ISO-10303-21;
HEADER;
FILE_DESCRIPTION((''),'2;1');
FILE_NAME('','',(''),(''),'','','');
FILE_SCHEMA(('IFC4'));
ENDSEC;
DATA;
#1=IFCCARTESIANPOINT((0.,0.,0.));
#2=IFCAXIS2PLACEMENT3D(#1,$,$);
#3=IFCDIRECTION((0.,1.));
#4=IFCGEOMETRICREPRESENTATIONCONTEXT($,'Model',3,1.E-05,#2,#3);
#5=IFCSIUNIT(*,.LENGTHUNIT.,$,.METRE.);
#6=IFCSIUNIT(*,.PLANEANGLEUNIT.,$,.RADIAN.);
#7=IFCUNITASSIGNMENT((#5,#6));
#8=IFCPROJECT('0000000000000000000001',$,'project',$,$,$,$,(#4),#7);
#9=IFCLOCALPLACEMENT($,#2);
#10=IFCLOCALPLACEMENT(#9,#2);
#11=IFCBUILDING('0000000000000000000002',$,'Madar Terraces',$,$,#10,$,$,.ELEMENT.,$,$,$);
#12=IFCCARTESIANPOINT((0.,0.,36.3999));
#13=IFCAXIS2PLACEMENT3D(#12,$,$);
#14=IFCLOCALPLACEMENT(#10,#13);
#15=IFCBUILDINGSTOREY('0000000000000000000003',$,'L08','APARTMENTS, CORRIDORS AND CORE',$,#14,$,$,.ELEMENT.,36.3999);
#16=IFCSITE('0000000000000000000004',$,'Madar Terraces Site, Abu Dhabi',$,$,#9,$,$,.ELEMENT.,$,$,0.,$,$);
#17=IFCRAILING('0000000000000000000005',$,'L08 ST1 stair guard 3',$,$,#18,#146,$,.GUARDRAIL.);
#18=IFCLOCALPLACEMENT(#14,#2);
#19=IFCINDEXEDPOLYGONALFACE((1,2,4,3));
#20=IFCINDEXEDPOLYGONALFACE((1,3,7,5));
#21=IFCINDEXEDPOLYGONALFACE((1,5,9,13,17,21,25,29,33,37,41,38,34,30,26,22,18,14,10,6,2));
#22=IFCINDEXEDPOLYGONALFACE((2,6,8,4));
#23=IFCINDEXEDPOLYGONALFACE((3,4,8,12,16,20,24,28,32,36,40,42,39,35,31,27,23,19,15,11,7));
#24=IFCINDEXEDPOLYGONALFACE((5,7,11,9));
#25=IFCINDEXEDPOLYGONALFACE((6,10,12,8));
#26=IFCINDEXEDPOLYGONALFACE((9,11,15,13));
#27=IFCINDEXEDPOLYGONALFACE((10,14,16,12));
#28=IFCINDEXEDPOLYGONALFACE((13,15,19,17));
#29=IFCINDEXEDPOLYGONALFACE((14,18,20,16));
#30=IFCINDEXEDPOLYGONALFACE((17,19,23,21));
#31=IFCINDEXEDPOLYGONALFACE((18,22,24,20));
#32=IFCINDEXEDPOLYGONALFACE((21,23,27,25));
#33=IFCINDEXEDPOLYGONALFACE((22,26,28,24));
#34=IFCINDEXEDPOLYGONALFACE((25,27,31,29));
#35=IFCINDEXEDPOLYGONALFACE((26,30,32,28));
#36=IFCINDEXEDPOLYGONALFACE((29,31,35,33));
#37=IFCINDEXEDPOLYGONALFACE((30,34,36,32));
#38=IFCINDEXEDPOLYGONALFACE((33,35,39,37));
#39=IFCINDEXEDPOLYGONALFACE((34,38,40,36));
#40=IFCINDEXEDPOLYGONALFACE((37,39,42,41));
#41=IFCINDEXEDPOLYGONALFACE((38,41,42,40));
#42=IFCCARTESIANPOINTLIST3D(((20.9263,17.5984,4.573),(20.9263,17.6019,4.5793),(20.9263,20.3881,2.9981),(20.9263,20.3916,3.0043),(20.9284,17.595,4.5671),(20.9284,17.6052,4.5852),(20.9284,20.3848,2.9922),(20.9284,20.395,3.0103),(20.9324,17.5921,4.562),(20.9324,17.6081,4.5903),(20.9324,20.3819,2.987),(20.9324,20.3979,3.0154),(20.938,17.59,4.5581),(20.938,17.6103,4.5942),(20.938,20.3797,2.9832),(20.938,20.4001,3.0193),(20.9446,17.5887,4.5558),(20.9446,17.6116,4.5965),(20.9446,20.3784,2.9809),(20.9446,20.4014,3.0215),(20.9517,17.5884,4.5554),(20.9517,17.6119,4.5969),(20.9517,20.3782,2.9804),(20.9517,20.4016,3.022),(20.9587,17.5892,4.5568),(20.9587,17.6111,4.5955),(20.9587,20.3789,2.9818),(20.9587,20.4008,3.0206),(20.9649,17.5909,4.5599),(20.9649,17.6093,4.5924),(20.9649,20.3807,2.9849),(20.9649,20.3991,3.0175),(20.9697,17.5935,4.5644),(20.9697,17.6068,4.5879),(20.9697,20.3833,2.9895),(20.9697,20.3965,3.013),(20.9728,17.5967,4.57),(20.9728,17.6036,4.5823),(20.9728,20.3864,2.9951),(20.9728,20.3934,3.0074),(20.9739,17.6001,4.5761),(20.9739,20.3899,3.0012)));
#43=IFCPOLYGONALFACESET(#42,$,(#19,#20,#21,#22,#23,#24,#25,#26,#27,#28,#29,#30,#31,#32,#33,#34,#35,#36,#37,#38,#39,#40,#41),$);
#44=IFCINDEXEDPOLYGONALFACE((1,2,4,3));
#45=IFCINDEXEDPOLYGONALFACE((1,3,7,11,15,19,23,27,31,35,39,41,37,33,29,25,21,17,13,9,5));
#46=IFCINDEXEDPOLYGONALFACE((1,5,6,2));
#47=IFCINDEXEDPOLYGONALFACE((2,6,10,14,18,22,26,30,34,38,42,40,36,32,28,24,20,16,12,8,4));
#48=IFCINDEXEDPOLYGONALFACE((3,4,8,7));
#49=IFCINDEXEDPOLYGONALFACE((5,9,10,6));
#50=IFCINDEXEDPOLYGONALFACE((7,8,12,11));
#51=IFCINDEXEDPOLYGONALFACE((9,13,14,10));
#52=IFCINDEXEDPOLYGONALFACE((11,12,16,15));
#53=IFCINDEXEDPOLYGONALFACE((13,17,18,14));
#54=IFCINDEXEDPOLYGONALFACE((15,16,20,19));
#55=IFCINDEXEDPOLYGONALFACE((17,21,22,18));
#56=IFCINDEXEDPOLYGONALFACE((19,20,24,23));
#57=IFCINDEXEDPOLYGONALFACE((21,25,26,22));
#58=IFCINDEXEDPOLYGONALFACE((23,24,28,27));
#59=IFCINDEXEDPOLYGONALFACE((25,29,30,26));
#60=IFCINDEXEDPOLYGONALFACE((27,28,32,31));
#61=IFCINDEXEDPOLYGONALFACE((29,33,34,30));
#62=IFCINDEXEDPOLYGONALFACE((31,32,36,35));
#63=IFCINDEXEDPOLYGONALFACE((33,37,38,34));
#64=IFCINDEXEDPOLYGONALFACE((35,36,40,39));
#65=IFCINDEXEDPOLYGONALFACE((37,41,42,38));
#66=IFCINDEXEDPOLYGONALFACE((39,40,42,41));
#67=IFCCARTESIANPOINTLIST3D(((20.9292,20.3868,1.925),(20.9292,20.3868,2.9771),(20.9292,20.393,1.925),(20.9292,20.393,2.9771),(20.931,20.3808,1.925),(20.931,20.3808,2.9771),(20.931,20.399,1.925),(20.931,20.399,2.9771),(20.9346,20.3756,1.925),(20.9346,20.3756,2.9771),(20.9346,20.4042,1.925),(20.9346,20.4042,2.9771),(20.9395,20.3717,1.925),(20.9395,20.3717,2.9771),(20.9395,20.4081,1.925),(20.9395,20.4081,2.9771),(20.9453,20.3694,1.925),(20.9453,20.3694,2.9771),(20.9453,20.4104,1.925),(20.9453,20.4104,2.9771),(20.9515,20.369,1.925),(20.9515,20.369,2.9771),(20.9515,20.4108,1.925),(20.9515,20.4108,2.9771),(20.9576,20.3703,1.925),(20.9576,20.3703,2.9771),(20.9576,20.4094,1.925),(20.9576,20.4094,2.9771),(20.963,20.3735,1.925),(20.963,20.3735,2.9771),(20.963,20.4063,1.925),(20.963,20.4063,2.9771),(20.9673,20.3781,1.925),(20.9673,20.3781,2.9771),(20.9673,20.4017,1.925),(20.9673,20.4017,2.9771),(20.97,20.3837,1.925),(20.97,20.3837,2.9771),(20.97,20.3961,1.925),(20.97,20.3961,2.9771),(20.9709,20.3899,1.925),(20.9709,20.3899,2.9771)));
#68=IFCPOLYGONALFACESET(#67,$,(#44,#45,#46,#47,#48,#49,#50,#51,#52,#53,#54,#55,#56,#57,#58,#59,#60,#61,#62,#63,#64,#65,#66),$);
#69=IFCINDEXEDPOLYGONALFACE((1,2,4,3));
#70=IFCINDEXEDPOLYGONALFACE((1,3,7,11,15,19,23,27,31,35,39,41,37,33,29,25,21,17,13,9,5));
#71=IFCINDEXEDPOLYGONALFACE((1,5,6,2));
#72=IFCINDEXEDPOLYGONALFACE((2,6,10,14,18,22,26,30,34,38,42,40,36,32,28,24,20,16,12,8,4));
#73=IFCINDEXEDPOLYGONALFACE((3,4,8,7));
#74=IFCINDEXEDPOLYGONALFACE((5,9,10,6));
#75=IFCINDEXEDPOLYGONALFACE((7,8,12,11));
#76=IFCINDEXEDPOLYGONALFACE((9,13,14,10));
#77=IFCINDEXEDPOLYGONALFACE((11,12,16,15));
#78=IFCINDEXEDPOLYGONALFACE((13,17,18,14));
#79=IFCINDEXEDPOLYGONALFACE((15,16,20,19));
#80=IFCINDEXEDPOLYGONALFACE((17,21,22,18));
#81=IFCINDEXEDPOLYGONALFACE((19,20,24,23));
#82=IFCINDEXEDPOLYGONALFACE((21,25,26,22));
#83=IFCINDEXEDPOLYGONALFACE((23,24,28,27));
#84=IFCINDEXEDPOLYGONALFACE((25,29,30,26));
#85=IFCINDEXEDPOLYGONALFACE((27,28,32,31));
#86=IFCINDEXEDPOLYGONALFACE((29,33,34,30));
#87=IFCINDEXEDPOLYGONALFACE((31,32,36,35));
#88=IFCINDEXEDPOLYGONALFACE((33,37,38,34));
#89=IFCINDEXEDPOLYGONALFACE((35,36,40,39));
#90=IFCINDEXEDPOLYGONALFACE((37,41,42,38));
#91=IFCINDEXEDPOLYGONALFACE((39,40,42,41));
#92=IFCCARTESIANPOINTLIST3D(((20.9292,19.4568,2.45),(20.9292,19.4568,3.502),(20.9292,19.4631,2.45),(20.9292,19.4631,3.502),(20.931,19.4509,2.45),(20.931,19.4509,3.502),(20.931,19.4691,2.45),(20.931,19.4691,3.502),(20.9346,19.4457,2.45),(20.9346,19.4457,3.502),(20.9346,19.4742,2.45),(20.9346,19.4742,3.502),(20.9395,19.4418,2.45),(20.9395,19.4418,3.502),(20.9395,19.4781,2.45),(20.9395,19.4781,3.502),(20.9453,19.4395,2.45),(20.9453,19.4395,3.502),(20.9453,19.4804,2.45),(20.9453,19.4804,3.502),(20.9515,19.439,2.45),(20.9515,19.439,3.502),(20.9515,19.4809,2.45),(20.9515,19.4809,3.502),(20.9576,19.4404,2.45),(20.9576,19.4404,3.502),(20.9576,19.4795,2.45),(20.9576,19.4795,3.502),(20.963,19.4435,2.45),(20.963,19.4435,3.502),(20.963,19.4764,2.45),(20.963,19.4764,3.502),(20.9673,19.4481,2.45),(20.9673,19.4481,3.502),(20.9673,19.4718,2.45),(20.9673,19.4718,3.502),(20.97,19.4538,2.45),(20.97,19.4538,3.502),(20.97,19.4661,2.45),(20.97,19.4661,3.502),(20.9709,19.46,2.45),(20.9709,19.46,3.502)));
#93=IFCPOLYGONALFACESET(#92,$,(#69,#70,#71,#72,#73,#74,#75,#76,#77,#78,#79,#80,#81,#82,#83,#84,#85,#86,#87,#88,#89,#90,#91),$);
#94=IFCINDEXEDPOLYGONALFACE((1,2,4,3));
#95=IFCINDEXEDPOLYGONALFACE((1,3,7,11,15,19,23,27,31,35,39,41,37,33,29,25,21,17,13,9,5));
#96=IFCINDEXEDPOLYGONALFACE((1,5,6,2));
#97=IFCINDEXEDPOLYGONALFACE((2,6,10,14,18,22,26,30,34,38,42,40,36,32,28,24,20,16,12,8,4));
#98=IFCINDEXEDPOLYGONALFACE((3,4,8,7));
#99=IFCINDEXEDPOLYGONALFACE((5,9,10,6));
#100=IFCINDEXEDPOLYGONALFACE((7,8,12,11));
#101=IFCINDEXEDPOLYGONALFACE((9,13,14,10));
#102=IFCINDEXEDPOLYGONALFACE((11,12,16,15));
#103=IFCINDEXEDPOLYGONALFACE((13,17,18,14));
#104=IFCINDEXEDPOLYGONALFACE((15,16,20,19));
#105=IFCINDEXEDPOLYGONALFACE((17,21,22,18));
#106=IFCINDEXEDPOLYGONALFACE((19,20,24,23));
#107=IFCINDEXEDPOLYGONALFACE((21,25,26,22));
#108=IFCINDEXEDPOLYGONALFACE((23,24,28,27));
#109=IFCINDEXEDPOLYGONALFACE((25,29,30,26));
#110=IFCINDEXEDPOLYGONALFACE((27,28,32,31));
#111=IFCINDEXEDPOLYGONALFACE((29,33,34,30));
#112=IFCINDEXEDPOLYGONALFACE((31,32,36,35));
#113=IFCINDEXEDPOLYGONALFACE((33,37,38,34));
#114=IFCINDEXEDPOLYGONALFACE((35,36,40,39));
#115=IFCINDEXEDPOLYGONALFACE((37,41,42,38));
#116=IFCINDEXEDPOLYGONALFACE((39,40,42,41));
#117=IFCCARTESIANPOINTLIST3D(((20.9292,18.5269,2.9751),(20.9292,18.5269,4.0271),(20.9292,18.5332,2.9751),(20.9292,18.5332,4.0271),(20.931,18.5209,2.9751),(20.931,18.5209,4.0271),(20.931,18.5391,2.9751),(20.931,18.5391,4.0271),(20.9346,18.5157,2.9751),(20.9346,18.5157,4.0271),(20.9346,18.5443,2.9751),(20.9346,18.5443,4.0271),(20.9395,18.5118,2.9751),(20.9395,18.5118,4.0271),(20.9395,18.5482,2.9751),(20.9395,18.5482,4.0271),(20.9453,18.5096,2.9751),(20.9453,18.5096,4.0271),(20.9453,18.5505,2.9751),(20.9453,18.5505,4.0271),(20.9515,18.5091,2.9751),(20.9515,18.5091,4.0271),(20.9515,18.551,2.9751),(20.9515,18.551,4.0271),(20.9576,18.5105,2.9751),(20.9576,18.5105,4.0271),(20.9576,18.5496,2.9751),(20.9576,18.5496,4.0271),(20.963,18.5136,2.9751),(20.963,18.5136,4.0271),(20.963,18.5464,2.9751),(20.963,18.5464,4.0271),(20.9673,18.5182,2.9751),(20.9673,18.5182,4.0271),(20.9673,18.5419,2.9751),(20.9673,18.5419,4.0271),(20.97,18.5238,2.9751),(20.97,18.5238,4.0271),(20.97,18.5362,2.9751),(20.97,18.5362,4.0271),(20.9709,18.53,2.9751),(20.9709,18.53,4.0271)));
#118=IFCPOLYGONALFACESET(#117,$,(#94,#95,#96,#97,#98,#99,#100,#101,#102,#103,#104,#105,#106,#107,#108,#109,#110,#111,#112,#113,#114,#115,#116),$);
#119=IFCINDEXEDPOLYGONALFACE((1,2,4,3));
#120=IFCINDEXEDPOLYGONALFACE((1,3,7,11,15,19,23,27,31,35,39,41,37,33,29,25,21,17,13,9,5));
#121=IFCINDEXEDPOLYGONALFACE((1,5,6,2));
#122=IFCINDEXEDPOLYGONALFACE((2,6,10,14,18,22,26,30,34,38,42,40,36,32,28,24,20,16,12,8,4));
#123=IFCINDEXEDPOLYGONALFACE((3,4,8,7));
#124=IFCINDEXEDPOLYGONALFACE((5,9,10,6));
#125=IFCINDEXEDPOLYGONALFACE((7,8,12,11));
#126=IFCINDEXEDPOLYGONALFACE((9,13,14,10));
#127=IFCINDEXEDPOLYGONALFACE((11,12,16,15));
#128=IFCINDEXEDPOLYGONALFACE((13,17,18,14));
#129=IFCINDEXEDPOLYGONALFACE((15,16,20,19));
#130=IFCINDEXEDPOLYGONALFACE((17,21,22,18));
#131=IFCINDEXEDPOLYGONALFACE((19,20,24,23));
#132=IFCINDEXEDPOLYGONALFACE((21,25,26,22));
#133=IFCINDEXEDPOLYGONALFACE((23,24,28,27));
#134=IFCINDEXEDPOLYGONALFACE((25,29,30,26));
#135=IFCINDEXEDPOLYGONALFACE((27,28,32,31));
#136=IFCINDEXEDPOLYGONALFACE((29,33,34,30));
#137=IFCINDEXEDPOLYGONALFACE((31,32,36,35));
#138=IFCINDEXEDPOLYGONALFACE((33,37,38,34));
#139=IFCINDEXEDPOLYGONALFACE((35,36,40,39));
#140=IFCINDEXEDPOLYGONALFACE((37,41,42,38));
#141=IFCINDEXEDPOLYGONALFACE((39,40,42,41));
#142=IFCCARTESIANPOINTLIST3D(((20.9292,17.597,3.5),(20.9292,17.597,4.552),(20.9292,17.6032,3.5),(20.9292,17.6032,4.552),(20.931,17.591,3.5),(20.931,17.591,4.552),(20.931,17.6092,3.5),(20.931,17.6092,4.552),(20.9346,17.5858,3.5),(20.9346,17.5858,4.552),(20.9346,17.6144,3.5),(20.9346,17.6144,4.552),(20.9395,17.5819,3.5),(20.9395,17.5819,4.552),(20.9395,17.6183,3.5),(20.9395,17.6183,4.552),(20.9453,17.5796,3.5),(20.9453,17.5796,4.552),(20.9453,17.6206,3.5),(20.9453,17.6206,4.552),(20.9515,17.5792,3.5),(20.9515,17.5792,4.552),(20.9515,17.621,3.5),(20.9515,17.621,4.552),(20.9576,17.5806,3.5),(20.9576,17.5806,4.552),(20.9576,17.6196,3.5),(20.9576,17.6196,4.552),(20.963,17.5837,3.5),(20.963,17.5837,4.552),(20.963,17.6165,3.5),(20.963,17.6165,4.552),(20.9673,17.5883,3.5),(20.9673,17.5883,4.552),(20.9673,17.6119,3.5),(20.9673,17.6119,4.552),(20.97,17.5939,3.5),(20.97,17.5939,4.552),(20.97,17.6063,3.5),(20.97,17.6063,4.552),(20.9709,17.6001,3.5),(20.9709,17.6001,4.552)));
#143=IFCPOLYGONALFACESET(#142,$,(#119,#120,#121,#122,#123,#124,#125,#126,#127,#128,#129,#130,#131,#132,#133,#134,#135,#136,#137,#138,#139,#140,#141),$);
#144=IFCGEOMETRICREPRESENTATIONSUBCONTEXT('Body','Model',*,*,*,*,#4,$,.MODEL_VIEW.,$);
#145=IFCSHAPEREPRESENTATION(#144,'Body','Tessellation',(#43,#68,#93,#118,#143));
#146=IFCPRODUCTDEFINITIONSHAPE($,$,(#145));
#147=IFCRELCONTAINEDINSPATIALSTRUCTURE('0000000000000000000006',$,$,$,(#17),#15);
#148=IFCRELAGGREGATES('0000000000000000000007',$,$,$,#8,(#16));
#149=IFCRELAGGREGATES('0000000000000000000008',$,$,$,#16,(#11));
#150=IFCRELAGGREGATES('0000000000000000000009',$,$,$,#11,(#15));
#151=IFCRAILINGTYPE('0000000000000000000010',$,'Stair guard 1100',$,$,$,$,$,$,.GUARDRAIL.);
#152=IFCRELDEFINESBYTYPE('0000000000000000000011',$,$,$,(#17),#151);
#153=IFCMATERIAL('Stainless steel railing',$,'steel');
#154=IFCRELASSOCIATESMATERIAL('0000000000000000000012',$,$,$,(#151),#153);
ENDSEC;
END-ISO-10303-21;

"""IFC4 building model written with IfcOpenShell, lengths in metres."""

from ifc_helpers import new_model, si_unit, direction, frame, origin, origin_2d, place, context, subcontext, project, spatial, circle, extrude, material, type_object, element, save


model = new_model("IFC4")

# Units and contexts
model_context = context("Model", 3, precision=1e-05, world=origin(), true_north=direction((0.0, 1.0)))
body_context = subcontext(model_context, "Body", "Model", "MODEL_VIEW")
ifc_project = project(units=[si_unit("LENGTHUNIT", "METRE"), si_unit("PLANEANGLEUNIT", "RADIAN")], contexts=[model_context])

# Site, building, storey
site_placement = place(None, origin())
site = spatial("IfcSite", under=ifc_project, at=site_placement, Name="Madar Terraces Site, Abu Dhabi", CompositionType="ELEMENT", RefElevation=0.0)
building_placement = place(site_placement, origin())
building = spatial("IfcBuilding", under=site, at=building_placement, Name="Madar Terraces", CompositionType="ELEMENT")
storey_placement = place(building_placement, frame((0.0, 0.0, 36.3999)))
storey = spatial("IfcBuildingStorey", under=building, at=storey_placement, Name="L08", Description="APARTMENTS, CORRIDORS AND CORE", CompositionType="ELEMENT", Elevation=36.3999)

# Railing
ifc_material_1 = material(Name="Stainless steel railing", Category="steel")
railing_type_1 = type_object("IfcRailingType", Name="Stair guard 1100", PredefinedType="GUARDRAIL", material=ifc_material_1)
railing_1_placement = place(storey_placement, frame((20.95, 20.3899, 1.925)))
element("IfcRailing", 1, at=railing_1_placement, inside=storey, type_object=railing_type_1, Name="L08 ST1 stair guard 3", PredefinedType="GUARDRAIL", context=body_context, shape_type="SweptSolid", body=[
    extrude(circle(Radius=0.0239, at=origin_2d()), frame((0.0, 0.0, 1.0762), z_axis=(0.0, -0.870815, 0.49161), x_axis=(1.0, 0.0, 0.0)), (0.0, 0.0, 1.0), 3.2036),
    extrude(circle(Radius=0.021, at=origin_2d()), origin(), (0.0, 0.0, 1.0), 1.052),
    extrude(circle(Radius=0.021, at=origin_2d()), frame((0.0, -0.9299, 0.5249)), (0.0, 0.0, 1.0), 1.052),
    extrude(circle(Radius=0.021, at=origin_2d()), frame((0.0, -1.8599, 1.05)), (0.0, 0.0, 1.0), 1.052),
    extrude(circle(Radius=0.021, at=origin_2d()), frame((0.0, -2.7898, 1.575)), (0.0, 0.0, 1.0), 1.052),
])

save(model, "model.ifc")
